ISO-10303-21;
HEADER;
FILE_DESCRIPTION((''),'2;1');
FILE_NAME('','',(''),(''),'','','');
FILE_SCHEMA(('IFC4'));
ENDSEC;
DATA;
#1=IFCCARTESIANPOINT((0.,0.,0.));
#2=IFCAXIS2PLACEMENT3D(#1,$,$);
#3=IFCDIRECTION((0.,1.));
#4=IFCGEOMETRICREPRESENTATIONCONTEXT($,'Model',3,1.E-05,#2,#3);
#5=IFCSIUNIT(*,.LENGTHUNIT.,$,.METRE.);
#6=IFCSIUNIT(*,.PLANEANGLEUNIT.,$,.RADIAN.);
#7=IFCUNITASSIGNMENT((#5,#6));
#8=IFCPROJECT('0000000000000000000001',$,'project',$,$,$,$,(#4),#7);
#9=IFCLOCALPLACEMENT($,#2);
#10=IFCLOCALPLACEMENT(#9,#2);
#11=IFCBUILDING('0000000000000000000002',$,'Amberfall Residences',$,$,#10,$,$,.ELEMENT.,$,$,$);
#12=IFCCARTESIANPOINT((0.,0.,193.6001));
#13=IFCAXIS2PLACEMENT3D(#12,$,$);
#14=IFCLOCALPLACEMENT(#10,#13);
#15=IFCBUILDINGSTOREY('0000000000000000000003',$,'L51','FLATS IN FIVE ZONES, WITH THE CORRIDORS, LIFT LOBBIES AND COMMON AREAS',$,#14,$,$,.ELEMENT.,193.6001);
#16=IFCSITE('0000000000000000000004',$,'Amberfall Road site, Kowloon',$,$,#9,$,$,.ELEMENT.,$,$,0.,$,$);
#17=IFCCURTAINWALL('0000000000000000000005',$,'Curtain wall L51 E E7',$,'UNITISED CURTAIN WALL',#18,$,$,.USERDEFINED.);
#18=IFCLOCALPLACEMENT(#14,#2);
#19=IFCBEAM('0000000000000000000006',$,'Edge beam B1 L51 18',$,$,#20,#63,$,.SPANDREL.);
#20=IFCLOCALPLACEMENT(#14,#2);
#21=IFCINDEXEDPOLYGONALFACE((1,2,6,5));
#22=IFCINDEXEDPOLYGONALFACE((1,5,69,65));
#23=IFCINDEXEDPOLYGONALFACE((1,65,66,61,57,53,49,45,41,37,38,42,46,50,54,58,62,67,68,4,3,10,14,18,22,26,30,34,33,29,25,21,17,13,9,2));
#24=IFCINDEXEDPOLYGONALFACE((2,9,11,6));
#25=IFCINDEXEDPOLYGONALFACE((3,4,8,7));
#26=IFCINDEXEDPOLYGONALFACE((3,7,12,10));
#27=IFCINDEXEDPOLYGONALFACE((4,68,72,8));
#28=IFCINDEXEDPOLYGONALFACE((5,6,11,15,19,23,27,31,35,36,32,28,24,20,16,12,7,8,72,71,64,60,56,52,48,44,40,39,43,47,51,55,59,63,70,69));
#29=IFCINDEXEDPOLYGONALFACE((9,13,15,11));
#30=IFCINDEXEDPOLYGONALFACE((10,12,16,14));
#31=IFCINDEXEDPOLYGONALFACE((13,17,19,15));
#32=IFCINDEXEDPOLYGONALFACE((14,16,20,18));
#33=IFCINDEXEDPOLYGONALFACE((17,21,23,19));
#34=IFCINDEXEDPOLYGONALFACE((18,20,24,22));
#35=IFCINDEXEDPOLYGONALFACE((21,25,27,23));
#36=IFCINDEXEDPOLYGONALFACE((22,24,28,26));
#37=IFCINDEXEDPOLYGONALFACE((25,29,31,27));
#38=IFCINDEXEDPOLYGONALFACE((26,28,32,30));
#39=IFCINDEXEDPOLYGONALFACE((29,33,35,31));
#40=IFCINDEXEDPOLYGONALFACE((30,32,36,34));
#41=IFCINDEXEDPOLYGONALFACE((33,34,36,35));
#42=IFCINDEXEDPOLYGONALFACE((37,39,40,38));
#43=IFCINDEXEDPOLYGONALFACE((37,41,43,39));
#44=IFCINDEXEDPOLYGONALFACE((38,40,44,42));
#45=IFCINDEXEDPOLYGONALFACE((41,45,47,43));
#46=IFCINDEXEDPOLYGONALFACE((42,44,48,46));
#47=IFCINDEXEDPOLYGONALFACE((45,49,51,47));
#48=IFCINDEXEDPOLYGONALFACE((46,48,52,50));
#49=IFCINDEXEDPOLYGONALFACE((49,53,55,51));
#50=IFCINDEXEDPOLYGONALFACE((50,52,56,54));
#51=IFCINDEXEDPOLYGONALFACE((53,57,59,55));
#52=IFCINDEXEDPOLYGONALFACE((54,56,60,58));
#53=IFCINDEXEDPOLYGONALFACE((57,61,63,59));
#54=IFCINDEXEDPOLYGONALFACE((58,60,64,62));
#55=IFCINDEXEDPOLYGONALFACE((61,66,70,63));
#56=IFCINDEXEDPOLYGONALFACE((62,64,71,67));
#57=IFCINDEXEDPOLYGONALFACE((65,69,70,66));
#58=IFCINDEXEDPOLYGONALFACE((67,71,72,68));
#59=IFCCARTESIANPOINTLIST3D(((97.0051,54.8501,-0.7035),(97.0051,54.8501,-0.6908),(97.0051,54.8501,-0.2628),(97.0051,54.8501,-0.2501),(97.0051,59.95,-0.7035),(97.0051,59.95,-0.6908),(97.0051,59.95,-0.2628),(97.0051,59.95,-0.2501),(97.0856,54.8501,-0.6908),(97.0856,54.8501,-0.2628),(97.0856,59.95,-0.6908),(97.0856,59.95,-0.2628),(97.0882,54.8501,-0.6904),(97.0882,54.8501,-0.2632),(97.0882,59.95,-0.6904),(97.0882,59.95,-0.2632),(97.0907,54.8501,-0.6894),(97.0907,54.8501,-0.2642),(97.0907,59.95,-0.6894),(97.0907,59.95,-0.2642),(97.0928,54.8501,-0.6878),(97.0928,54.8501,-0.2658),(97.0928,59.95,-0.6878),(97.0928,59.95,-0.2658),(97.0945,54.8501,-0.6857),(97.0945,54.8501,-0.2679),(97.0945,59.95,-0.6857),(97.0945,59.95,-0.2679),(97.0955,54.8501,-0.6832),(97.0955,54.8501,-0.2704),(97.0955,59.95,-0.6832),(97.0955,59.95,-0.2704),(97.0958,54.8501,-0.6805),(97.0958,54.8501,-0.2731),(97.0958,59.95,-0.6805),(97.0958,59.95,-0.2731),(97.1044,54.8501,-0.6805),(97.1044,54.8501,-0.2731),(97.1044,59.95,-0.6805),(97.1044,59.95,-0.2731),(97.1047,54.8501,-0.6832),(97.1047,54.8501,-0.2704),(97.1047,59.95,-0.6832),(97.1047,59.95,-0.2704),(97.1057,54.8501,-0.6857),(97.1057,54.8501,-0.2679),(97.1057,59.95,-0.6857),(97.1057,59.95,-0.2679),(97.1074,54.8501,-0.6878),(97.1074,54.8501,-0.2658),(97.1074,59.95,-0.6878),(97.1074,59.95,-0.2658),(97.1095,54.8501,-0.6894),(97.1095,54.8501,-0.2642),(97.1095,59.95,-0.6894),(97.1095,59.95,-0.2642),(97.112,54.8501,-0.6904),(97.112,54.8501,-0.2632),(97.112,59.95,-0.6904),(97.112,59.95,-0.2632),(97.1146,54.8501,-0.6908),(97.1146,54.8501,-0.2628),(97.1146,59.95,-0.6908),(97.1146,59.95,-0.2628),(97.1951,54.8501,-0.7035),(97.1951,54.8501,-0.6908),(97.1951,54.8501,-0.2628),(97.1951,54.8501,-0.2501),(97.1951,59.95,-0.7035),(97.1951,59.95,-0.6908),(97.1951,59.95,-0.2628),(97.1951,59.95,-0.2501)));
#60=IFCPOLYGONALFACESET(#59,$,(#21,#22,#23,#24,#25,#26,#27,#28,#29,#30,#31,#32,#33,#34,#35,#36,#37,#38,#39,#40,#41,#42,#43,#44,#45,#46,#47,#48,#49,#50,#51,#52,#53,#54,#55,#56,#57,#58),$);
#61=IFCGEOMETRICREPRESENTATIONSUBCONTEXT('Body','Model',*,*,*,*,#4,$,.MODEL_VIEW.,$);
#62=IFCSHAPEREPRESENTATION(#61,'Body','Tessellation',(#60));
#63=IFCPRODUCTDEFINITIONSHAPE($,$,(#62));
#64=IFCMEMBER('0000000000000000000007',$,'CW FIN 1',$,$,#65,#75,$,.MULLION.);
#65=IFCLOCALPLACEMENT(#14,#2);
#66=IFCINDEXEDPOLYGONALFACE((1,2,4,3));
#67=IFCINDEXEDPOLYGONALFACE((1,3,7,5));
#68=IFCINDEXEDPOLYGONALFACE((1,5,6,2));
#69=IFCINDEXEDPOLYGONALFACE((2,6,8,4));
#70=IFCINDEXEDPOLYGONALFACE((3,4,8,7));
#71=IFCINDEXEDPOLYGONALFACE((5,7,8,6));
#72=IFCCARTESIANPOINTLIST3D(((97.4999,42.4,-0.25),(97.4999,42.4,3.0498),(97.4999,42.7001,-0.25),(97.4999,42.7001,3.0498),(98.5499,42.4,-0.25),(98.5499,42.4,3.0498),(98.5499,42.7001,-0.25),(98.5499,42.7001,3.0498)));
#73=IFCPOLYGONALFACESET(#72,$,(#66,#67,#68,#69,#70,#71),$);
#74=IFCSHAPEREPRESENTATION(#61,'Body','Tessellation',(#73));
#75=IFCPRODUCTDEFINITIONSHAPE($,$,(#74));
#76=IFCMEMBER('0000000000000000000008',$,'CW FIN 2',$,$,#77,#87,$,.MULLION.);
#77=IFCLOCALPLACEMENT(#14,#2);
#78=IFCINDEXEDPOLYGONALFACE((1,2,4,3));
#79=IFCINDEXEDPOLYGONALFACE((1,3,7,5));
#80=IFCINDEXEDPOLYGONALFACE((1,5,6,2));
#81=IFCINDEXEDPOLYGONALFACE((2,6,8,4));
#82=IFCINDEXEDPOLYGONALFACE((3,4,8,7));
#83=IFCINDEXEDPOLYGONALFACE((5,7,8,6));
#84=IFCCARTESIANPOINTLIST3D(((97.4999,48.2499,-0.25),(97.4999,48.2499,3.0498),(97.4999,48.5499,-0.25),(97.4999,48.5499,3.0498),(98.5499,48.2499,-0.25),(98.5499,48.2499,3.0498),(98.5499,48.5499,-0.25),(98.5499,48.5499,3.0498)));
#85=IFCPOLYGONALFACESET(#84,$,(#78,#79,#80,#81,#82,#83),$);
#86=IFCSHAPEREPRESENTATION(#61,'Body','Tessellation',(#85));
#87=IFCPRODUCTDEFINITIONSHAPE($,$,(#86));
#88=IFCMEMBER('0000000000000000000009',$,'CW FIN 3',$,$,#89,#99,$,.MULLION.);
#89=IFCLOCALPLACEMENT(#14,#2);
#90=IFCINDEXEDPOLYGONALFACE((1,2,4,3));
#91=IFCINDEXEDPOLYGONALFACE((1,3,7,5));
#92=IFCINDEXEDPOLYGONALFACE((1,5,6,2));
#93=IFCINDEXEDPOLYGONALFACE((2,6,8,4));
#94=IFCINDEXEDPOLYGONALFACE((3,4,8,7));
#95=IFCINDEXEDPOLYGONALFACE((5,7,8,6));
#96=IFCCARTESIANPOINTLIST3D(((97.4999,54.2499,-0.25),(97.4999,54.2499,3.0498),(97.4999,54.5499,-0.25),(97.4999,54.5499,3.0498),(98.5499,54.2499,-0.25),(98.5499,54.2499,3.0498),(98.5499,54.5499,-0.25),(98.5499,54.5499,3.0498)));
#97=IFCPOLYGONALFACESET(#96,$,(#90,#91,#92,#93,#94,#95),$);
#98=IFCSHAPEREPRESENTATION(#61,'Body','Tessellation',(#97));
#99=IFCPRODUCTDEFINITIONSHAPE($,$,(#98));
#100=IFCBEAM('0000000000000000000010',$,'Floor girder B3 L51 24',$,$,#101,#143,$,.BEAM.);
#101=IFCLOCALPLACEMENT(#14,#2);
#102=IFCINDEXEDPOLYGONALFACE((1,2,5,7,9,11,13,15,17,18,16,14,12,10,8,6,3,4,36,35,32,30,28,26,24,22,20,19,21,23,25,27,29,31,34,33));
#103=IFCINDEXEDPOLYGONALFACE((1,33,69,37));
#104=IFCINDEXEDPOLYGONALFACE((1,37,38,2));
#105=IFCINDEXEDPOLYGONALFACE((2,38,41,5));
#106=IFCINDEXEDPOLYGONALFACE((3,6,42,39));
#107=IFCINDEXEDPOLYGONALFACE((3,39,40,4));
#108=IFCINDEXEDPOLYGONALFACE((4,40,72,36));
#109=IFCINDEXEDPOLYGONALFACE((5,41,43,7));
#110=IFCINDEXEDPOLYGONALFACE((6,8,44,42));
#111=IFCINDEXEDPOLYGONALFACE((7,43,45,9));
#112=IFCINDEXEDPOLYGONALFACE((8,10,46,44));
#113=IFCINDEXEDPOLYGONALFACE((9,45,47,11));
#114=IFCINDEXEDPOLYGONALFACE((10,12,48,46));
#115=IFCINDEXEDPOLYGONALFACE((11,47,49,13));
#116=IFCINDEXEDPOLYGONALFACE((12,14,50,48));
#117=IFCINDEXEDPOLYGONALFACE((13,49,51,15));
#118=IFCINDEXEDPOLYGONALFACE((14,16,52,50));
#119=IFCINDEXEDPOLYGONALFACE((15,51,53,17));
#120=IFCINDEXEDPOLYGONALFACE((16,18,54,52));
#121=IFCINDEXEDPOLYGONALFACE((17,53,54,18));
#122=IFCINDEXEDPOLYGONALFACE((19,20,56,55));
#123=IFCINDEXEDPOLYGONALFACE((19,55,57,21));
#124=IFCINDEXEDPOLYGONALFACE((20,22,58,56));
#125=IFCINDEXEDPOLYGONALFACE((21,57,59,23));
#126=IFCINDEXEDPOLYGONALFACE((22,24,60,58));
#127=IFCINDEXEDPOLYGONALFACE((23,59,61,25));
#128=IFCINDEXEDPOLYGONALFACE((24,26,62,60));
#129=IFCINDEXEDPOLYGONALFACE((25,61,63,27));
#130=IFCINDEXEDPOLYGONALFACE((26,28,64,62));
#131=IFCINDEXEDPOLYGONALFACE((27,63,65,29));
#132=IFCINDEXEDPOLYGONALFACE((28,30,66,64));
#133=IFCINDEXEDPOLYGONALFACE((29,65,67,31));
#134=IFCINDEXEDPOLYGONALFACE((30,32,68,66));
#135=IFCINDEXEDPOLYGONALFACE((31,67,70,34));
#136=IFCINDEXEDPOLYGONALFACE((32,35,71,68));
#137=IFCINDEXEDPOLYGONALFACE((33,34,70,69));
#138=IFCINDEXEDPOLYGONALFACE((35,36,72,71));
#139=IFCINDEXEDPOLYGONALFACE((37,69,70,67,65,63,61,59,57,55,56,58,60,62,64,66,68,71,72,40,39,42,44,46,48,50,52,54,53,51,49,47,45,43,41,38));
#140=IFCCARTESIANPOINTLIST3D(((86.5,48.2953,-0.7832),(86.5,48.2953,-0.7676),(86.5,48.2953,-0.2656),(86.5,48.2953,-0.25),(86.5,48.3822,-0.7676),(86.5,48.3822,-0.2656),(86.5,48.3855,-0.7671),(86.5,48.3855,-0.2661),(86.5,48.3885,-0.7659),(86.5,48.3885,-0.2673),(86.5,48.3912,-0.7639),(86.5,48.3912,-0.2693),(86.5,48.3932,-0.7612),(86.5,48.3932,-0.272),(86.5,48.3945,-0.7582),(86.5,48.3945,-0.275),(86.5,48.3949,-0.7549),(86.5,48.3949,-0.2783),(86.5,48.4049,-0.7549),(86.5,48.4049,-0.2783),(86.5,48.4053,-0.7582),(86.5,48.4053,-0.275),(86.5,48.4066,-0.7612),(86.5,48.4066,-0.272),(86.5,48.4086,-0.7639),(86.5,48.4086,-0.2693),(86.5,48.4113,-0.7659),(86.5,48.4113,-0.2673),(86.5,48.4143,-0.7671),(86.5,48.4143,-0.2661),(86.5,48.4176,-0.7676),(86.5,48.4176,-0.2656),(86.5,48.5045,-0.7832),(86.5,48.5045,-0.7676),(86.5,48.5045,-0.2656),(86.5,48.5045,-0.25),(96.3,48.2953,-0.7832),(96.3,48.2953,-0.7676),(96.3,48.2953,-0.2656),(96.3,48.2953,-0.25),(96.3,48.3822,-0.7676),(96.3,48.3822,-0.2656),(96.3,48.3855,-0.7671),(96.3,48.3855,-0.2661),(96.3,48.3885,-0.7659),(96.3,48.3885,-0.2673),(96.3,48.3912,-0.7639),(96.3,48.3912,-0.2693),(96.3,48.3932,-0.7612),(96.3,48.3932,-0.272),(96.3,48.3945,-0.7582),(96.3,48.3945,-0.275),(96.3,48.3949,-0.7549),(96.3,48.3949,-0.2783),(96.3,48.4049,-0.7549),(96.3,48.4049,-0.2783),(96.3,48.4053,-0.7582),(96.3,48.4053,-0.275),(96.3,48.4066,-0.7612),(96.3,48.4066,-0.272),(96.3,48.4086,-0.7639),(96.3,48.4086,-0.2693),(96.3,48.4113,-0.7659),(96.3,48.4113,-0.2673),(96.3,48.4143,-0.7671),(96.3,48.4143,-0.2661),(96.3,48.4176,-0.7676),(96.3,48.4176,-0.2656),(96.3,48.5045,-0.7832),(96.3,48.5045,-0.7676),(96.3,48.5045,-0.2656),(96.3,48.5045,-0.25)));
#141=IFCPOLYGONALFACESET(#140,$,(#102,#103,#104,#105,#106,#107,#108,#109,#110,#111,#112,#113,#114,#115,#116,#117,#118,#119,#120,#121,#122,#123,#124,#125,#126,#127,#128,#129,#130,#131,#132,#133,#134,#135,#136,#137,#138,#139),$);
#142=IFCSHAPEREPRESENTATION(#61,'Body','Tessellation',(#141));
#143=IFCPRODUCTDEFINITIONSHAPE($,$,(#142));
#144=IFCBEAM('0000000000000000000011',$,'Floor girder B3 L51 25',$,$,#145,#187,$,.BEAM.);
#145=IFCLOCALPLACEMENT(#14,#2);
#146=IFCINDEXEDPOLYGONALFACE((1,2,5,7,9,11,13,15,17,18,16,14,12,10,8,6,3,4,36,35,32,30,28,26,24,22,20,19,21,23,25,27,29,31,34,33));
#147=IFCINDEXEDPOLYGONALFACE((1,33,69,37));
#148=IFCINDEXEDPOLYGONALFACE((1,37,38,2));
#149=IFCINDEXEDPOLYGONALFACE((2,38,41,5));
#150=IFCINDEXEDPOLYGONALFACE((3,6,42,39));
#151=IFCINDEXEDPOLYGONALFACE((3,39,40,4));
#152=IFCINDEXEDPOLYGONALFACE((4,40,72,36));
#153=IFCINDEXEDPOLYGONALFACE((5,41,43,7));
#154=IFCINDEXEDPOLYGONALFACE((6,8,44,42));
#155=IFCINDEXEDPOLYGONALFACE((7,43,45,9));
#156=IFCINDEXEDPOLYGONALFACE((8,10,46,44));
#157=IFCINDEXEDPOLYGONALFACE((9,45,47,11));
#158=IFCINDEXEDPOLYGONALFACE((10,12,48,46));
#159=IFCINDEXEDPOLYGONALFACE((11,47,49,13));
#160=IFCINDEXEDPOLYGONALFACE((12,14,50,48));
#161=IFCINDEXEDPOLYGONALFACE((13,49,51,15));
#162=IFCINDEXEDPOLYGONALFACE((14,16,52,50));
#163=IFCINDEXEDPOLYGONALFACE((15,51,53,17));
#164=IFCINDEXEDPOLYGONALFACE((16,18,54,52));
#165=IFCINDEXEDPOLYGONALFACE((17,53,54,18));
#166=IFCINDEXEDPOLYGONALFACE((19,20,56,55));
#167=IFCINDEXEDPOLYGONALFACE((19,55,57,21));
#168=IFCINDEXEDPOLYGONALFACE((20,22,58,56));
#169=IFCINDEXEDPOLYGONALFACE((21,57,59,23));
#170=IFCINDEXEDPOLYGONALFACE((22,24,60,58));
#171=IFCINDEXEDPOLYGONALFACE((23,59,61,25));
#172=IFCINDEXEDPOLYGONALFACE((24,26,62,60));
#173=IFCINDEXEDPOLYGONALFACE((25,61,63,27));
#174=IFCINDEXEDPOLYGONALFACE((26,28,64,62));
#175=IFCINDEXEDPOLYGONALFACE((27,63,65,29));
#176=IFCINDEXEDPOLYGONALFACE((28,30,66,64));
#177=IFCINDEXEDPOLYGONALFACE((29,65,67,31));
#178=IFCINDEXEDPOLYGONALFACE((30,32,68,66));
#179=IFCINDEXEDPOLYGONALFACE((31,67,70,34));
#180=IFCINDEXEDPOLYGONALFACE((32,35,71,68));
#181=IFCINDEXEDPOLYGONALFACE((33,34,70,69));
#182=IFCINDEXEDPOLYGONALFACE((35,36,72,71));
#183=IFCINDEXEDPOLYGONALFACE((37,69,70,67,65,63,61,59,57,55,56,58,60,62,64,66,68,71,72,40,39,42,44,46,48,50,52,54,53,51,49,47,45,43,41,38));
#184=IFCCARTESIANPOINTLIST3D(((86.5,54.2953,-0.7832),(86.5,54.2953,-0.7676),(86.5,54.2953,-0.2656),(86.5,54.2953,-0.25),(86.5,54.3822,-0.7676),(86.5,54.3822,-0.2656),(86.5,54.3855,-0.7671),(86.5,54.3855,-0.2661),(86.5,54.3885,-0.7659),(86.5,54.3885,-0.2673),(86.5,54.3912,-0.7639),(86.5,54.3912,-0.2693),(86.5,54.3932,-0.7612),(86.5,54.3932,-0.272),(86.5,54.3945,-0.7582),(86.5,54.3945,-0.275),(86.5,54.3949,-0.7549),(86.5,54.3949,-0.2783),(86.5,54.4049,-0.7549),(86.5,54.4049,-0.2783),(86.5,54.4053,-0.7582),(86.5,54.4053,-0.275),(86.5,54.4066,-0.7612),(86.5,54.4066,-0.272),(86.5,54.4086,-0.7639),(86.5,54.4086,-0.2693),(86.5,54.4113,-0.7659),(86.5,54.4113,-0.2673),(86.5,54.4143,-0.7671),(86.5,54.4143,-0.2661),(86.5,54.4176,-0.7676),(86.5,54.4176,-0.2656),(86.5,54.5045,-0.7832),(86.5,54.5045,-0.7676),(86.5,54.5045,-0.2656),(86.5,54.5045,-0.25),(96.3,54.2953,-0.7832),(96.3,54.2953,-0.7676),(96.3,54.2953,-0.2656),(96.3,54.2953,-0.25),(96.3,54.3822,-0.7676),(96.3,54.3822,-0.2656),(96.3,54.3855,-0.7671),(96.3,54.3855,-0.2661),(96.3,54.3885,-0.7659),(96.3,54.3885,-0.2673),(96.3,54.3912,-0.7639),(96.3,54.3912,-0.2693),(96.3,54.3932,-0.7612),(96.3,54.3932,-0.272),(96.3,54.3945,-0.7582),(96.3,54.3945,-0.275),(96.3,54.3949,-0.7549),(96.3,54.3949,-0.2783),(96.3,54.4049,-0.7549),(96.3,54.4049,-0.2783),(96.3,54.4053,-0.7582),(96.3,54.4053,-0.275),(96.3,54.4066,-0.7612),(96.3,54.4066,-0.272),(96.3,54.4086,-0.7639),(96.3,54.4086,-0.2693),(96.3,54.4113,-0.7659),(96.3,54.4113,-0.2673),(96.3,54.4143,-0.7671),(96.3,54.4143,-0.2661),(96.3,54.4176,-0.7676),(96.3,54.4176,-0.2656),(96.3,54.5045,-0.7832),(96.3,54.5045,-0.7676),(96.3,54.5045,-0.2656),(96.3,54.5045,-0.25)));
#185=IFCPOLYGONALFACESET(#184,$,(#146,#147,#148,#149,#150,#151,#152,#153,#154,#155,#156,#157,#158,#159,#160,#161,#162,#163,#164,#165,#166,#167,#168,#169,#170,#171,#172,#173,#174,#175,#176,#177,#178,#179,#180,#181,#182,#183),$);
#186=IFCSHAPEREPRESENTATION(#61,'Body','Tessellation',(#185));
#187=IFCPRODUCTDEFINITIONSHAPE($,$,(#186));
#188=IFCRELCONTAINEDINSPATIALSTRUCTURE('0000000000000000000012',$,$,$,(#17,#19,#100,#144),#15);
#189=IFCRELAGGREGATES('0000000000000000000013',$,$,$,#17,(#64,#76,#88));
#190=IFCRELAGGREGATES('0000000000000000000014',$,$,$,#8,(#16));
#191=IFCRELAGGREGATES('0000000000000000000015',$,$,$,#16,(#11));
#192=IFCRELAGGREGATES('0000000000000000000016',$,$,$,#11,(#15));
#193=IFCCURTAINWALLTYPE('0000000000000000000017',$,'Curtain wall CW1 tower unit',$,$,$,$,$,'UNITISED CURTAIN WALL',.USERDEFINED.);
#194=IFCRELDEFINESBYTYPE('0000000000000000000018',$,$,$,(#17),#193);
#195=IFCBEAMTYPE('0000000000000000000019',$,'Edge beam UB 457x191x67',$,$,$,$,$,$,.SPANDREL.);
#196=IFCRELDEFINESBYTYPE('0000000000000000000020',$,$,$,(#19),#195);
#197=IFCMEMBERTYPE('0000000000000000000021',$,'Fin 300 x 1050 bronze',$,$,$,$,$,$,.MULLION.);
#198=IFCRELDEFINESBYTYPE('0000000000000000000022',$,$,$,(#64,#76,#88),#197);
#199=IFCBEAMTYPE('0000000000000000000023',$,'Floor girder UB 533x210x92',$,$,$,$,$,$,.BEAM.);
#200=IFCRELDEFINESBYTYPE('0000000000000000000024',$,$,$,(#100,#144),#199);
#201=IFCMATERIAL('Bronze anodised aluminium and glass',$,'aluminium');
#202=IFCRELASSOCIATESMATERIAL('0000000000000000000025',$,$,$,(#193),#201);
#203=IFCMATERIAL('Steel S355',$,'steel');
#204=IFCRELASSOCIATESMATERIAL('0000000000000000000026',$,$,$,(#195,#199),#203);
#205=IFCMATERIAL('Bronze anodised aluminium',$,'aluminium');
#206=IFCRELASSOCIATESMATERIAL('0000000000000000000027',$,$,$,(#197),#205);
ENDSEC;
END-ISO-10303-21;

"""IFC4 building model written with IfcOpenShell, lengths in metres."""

from ifc_helpers import new_model, si_unit, direction, frame, origin, origin_2d, place, context, subcontext, project, spatial, rectangle, i_section, extrude, material, material_profile, profile_set, type_object, element, aggregate, save


model = new_model("IFC4")

# Units and contexts
model_context = context("Model", 3, precision=1e-05, world=origin(), true_north=direction((0.0, 1.0)))
body_context = subcontext(model_context, "Body", "Model", "MODEL_VIEW")
ifc_project = project(units=[si_unit("LENGTHUNIT", "METRE"), si_unit("PLANEANGLEUNIT", "RADIAN")], contexts=[model_context])

# Site, building, storey
site_placement = place(None, origin())
site = spatial("IfcSite", under=ifc_project, at=site_placement, Name="Amberfall Road site, Kowloon", CompositionType="ELEMENT", RefElevation=0.0)
building_placement = place(site_placement, origin())
building = spatial("IfcBuilding", under=site, at=building_placement, Name="Amberfall Residences", CompositionType="ELEMENT")
storey_placement = place(building_placement, frame((0.0, 0.0, 193.6001)))
storey = spatial("IfcBuildingStorey", under=building, at=storey_placement, Name="L51", Description="FLATS IN FIVE ZONES, WITH THE CORRIDORS, LIFT LOBBIES AND COMMON AREAS", CompositionType="ELEMENT", Elevation=193.6001)

# Curtain wall
ifc_material_1 = material(Name="Bronze anodised aluminium and glass", Category="aluminium")
curtain_wall_type = type_object("IfcCurtainWallType", Name="Curtain wall CW1 tower unit", ElementType="UNITISED CURTAIN WALL", PredefinedType="USERDEFINED", material=ifc_material_1)
curtain_wall_placement = place(storey_placement, origin())
curtain_wall = element("IfcCurtainWall", 1, at=curtain_wall_placement, inside=storey, type_object=curtain_wall_type, Name="Curtain wall L51 E E7", ObjectType="UNITISED CURTAIN WALL", PredefinedType="USERDEFINED")
ifc_material_2 = material(Name="Bronze anodised aluminium", Category="aluminium")

# Beam
ifc_material_3 = material(Name="Steel S355", Category="steel")
ifc_material_profile_1 = material_profile(ifc_material_3, i_section(OverallWidth=0.1899, OverallDepth=0.4534, WebThickness=0.0085, FlangeThickness=0.0127, FilletRadius=0.0103, at=origin_2d()), Name="UB 457x191x67")
ifc_profile_set_1 = profile_set([ifc_material_profile_1], Name="Steel S355")
beam_type_1 = type_object("IfcBeamType", Name="Edge beam UB 457x191x67", PredefinedType="SPANDREL", material=ifc_profile_set_1)
for number, where, z_axis, x_axis, name in (
    (2, (97.1001, 54.8501, -0.4768), (0.0, 1.0, 0.0), (-1.0, 0.0, 0.0), "Edge beam B1 L51 18"),
):
    element("IfcBeam", number, at=place(storey_placement, frame(where, z_axis=z_axis, x_axis=x_axis)), inside=storey, type_object=beam_type_1, Name=name, PredefinedType="SPANDREL", context=body_context, shape_type="SweptSolid", body=[
        extrude(i_section(OverallWidth=0.1899, OverallDepth=0.4534, WebThickness=0.0085, FlangeThickness=0.0127, FilletRadius=0.0103, at=origin_2d()), origin(), (0.0, 0.0, 1.0), 5.0999),
    ])

# Members
ifc_material_profile_2 = material_profile(ifc_material_2, rectangle(XDim=1.05, YDim=0.3, at=origin_2d()), Name="Fin 300 x 1050 bronze")
ifc_profile_set_2 = profile_set([ifc_material_profile_2], Name="Bronze anodised aluminium")
member_type_1 = type_object("IfcMemberType", Name="Fin 300 x 1050 bronze", PredefinedType="MULLION", material=ifc_profile_set_2)
member_1_placement = place(storey_placement, frame((98.0249, 42.55, -0.25), z_axis=(0.0, 0.0, 1.0), x_axis=(-1.0, 0.0, 0.0)))
member_1 = element("IfcMember", 3, at=member_1_placement, type_object=member_type_1, Name="CW FIN 1", PredefinedType="MULLION", context=body_context, shape_type="SweptSolid", body=[
    extrude(rectangle(XDim=1.05, YDim=0.3, at=origin_2d()), origin(), (0.0, 0.0, 1.0), 3.2998),
])
member_2_placement = place(storey_placement, frame((98.0249, 48.3999, -0.25), z_axis=(0.0, 0.0, 1.0), x_axis=(-1.0, 0.0, 0.0)))
member_2 = element("IfcMember", 4, at=member_2_placement, type_object=member_type_1, Name="CW FIN 2", PredefinedType="MULLION", context=body_context, shape_type="SweptSolid", body=[
    extrude(rectangle(XDim=1.05, YDim=0.3, at=origin_2d()), origin(), (0.0, 0.0, 1.0), 3.2998),
])
member_3_placement = place(storey_placement, frame((98.0249, 54.3999, -0.25), z_axis=(0.0, 0.0, 1.0), x_axis=(-1.0, 0.0, 0.0)))
member_3 = element("IfcMember", 5, at=member_3_placement, type_object=member_type_1, Name="CW FIN 3", PredefinedType="MULLION", context=body_context, shape_type="SweptSolid", body=[
    extrude(rectangle(XDim=1.05, YDim=0.3, at=origin_2d()), origin(), (0.0, 0.0, 1.0), 3.2998),
])

# Beams
ifc_material_profile_3 = material_profile(ifc_material_3, i_section(OverallWidth=0.2092, OverallDepth=0.5332, WebThickness=0.01, FlangeThickness=0.0156, FilletRadius=0.0127, at=origin_2d()), Name="UB 533x210x92")
ifc_profile_set_3 = profile_set([ifc_material_profile_3], Name="Steel S355")
beam_type_2 = type_object("IfcBeamType", Name="Floor girder UB 533x210x92", PredefinedType="BEAM", material=ifc_profile_set_3)
for number, where, z_axis, x_axis, name in (
    (6, (96.3, 48.3999, -0.5166), (-1.0, 0.0, 0.0), (0.0, -1.0, 0.0), "Floor girder B3 L51 24"),
    (7, (96.3, 54.3999, -0.5166), (-1.0, 0.0, 0.0), (0.0, -1.0, 0.0), "Floor girder B3 L51 25"),
):
    element("IfcBeam", number, at=place(storey_placement, frame(where, z_axis=z_axis, x_axis=x_axis)), inside=storey, type_object=beam_type_2, Name=name, PredefinedType="BEAM", context=body_context, shape_type="SweptSolid", body=[
        extrude(i_section(OverallWidth=0.2092, OverallDepth=0.5332, WebThickness=0.01, FlangeThickness=0.0156, FilletRadius=0.0127, at=origin_2d()), origin(), (0.0, 0.0, 1.0), 9.8),
    ])

aggregate(curtain_wall, [member_1, member_2, member_3])

save(model, "model.ifc")
